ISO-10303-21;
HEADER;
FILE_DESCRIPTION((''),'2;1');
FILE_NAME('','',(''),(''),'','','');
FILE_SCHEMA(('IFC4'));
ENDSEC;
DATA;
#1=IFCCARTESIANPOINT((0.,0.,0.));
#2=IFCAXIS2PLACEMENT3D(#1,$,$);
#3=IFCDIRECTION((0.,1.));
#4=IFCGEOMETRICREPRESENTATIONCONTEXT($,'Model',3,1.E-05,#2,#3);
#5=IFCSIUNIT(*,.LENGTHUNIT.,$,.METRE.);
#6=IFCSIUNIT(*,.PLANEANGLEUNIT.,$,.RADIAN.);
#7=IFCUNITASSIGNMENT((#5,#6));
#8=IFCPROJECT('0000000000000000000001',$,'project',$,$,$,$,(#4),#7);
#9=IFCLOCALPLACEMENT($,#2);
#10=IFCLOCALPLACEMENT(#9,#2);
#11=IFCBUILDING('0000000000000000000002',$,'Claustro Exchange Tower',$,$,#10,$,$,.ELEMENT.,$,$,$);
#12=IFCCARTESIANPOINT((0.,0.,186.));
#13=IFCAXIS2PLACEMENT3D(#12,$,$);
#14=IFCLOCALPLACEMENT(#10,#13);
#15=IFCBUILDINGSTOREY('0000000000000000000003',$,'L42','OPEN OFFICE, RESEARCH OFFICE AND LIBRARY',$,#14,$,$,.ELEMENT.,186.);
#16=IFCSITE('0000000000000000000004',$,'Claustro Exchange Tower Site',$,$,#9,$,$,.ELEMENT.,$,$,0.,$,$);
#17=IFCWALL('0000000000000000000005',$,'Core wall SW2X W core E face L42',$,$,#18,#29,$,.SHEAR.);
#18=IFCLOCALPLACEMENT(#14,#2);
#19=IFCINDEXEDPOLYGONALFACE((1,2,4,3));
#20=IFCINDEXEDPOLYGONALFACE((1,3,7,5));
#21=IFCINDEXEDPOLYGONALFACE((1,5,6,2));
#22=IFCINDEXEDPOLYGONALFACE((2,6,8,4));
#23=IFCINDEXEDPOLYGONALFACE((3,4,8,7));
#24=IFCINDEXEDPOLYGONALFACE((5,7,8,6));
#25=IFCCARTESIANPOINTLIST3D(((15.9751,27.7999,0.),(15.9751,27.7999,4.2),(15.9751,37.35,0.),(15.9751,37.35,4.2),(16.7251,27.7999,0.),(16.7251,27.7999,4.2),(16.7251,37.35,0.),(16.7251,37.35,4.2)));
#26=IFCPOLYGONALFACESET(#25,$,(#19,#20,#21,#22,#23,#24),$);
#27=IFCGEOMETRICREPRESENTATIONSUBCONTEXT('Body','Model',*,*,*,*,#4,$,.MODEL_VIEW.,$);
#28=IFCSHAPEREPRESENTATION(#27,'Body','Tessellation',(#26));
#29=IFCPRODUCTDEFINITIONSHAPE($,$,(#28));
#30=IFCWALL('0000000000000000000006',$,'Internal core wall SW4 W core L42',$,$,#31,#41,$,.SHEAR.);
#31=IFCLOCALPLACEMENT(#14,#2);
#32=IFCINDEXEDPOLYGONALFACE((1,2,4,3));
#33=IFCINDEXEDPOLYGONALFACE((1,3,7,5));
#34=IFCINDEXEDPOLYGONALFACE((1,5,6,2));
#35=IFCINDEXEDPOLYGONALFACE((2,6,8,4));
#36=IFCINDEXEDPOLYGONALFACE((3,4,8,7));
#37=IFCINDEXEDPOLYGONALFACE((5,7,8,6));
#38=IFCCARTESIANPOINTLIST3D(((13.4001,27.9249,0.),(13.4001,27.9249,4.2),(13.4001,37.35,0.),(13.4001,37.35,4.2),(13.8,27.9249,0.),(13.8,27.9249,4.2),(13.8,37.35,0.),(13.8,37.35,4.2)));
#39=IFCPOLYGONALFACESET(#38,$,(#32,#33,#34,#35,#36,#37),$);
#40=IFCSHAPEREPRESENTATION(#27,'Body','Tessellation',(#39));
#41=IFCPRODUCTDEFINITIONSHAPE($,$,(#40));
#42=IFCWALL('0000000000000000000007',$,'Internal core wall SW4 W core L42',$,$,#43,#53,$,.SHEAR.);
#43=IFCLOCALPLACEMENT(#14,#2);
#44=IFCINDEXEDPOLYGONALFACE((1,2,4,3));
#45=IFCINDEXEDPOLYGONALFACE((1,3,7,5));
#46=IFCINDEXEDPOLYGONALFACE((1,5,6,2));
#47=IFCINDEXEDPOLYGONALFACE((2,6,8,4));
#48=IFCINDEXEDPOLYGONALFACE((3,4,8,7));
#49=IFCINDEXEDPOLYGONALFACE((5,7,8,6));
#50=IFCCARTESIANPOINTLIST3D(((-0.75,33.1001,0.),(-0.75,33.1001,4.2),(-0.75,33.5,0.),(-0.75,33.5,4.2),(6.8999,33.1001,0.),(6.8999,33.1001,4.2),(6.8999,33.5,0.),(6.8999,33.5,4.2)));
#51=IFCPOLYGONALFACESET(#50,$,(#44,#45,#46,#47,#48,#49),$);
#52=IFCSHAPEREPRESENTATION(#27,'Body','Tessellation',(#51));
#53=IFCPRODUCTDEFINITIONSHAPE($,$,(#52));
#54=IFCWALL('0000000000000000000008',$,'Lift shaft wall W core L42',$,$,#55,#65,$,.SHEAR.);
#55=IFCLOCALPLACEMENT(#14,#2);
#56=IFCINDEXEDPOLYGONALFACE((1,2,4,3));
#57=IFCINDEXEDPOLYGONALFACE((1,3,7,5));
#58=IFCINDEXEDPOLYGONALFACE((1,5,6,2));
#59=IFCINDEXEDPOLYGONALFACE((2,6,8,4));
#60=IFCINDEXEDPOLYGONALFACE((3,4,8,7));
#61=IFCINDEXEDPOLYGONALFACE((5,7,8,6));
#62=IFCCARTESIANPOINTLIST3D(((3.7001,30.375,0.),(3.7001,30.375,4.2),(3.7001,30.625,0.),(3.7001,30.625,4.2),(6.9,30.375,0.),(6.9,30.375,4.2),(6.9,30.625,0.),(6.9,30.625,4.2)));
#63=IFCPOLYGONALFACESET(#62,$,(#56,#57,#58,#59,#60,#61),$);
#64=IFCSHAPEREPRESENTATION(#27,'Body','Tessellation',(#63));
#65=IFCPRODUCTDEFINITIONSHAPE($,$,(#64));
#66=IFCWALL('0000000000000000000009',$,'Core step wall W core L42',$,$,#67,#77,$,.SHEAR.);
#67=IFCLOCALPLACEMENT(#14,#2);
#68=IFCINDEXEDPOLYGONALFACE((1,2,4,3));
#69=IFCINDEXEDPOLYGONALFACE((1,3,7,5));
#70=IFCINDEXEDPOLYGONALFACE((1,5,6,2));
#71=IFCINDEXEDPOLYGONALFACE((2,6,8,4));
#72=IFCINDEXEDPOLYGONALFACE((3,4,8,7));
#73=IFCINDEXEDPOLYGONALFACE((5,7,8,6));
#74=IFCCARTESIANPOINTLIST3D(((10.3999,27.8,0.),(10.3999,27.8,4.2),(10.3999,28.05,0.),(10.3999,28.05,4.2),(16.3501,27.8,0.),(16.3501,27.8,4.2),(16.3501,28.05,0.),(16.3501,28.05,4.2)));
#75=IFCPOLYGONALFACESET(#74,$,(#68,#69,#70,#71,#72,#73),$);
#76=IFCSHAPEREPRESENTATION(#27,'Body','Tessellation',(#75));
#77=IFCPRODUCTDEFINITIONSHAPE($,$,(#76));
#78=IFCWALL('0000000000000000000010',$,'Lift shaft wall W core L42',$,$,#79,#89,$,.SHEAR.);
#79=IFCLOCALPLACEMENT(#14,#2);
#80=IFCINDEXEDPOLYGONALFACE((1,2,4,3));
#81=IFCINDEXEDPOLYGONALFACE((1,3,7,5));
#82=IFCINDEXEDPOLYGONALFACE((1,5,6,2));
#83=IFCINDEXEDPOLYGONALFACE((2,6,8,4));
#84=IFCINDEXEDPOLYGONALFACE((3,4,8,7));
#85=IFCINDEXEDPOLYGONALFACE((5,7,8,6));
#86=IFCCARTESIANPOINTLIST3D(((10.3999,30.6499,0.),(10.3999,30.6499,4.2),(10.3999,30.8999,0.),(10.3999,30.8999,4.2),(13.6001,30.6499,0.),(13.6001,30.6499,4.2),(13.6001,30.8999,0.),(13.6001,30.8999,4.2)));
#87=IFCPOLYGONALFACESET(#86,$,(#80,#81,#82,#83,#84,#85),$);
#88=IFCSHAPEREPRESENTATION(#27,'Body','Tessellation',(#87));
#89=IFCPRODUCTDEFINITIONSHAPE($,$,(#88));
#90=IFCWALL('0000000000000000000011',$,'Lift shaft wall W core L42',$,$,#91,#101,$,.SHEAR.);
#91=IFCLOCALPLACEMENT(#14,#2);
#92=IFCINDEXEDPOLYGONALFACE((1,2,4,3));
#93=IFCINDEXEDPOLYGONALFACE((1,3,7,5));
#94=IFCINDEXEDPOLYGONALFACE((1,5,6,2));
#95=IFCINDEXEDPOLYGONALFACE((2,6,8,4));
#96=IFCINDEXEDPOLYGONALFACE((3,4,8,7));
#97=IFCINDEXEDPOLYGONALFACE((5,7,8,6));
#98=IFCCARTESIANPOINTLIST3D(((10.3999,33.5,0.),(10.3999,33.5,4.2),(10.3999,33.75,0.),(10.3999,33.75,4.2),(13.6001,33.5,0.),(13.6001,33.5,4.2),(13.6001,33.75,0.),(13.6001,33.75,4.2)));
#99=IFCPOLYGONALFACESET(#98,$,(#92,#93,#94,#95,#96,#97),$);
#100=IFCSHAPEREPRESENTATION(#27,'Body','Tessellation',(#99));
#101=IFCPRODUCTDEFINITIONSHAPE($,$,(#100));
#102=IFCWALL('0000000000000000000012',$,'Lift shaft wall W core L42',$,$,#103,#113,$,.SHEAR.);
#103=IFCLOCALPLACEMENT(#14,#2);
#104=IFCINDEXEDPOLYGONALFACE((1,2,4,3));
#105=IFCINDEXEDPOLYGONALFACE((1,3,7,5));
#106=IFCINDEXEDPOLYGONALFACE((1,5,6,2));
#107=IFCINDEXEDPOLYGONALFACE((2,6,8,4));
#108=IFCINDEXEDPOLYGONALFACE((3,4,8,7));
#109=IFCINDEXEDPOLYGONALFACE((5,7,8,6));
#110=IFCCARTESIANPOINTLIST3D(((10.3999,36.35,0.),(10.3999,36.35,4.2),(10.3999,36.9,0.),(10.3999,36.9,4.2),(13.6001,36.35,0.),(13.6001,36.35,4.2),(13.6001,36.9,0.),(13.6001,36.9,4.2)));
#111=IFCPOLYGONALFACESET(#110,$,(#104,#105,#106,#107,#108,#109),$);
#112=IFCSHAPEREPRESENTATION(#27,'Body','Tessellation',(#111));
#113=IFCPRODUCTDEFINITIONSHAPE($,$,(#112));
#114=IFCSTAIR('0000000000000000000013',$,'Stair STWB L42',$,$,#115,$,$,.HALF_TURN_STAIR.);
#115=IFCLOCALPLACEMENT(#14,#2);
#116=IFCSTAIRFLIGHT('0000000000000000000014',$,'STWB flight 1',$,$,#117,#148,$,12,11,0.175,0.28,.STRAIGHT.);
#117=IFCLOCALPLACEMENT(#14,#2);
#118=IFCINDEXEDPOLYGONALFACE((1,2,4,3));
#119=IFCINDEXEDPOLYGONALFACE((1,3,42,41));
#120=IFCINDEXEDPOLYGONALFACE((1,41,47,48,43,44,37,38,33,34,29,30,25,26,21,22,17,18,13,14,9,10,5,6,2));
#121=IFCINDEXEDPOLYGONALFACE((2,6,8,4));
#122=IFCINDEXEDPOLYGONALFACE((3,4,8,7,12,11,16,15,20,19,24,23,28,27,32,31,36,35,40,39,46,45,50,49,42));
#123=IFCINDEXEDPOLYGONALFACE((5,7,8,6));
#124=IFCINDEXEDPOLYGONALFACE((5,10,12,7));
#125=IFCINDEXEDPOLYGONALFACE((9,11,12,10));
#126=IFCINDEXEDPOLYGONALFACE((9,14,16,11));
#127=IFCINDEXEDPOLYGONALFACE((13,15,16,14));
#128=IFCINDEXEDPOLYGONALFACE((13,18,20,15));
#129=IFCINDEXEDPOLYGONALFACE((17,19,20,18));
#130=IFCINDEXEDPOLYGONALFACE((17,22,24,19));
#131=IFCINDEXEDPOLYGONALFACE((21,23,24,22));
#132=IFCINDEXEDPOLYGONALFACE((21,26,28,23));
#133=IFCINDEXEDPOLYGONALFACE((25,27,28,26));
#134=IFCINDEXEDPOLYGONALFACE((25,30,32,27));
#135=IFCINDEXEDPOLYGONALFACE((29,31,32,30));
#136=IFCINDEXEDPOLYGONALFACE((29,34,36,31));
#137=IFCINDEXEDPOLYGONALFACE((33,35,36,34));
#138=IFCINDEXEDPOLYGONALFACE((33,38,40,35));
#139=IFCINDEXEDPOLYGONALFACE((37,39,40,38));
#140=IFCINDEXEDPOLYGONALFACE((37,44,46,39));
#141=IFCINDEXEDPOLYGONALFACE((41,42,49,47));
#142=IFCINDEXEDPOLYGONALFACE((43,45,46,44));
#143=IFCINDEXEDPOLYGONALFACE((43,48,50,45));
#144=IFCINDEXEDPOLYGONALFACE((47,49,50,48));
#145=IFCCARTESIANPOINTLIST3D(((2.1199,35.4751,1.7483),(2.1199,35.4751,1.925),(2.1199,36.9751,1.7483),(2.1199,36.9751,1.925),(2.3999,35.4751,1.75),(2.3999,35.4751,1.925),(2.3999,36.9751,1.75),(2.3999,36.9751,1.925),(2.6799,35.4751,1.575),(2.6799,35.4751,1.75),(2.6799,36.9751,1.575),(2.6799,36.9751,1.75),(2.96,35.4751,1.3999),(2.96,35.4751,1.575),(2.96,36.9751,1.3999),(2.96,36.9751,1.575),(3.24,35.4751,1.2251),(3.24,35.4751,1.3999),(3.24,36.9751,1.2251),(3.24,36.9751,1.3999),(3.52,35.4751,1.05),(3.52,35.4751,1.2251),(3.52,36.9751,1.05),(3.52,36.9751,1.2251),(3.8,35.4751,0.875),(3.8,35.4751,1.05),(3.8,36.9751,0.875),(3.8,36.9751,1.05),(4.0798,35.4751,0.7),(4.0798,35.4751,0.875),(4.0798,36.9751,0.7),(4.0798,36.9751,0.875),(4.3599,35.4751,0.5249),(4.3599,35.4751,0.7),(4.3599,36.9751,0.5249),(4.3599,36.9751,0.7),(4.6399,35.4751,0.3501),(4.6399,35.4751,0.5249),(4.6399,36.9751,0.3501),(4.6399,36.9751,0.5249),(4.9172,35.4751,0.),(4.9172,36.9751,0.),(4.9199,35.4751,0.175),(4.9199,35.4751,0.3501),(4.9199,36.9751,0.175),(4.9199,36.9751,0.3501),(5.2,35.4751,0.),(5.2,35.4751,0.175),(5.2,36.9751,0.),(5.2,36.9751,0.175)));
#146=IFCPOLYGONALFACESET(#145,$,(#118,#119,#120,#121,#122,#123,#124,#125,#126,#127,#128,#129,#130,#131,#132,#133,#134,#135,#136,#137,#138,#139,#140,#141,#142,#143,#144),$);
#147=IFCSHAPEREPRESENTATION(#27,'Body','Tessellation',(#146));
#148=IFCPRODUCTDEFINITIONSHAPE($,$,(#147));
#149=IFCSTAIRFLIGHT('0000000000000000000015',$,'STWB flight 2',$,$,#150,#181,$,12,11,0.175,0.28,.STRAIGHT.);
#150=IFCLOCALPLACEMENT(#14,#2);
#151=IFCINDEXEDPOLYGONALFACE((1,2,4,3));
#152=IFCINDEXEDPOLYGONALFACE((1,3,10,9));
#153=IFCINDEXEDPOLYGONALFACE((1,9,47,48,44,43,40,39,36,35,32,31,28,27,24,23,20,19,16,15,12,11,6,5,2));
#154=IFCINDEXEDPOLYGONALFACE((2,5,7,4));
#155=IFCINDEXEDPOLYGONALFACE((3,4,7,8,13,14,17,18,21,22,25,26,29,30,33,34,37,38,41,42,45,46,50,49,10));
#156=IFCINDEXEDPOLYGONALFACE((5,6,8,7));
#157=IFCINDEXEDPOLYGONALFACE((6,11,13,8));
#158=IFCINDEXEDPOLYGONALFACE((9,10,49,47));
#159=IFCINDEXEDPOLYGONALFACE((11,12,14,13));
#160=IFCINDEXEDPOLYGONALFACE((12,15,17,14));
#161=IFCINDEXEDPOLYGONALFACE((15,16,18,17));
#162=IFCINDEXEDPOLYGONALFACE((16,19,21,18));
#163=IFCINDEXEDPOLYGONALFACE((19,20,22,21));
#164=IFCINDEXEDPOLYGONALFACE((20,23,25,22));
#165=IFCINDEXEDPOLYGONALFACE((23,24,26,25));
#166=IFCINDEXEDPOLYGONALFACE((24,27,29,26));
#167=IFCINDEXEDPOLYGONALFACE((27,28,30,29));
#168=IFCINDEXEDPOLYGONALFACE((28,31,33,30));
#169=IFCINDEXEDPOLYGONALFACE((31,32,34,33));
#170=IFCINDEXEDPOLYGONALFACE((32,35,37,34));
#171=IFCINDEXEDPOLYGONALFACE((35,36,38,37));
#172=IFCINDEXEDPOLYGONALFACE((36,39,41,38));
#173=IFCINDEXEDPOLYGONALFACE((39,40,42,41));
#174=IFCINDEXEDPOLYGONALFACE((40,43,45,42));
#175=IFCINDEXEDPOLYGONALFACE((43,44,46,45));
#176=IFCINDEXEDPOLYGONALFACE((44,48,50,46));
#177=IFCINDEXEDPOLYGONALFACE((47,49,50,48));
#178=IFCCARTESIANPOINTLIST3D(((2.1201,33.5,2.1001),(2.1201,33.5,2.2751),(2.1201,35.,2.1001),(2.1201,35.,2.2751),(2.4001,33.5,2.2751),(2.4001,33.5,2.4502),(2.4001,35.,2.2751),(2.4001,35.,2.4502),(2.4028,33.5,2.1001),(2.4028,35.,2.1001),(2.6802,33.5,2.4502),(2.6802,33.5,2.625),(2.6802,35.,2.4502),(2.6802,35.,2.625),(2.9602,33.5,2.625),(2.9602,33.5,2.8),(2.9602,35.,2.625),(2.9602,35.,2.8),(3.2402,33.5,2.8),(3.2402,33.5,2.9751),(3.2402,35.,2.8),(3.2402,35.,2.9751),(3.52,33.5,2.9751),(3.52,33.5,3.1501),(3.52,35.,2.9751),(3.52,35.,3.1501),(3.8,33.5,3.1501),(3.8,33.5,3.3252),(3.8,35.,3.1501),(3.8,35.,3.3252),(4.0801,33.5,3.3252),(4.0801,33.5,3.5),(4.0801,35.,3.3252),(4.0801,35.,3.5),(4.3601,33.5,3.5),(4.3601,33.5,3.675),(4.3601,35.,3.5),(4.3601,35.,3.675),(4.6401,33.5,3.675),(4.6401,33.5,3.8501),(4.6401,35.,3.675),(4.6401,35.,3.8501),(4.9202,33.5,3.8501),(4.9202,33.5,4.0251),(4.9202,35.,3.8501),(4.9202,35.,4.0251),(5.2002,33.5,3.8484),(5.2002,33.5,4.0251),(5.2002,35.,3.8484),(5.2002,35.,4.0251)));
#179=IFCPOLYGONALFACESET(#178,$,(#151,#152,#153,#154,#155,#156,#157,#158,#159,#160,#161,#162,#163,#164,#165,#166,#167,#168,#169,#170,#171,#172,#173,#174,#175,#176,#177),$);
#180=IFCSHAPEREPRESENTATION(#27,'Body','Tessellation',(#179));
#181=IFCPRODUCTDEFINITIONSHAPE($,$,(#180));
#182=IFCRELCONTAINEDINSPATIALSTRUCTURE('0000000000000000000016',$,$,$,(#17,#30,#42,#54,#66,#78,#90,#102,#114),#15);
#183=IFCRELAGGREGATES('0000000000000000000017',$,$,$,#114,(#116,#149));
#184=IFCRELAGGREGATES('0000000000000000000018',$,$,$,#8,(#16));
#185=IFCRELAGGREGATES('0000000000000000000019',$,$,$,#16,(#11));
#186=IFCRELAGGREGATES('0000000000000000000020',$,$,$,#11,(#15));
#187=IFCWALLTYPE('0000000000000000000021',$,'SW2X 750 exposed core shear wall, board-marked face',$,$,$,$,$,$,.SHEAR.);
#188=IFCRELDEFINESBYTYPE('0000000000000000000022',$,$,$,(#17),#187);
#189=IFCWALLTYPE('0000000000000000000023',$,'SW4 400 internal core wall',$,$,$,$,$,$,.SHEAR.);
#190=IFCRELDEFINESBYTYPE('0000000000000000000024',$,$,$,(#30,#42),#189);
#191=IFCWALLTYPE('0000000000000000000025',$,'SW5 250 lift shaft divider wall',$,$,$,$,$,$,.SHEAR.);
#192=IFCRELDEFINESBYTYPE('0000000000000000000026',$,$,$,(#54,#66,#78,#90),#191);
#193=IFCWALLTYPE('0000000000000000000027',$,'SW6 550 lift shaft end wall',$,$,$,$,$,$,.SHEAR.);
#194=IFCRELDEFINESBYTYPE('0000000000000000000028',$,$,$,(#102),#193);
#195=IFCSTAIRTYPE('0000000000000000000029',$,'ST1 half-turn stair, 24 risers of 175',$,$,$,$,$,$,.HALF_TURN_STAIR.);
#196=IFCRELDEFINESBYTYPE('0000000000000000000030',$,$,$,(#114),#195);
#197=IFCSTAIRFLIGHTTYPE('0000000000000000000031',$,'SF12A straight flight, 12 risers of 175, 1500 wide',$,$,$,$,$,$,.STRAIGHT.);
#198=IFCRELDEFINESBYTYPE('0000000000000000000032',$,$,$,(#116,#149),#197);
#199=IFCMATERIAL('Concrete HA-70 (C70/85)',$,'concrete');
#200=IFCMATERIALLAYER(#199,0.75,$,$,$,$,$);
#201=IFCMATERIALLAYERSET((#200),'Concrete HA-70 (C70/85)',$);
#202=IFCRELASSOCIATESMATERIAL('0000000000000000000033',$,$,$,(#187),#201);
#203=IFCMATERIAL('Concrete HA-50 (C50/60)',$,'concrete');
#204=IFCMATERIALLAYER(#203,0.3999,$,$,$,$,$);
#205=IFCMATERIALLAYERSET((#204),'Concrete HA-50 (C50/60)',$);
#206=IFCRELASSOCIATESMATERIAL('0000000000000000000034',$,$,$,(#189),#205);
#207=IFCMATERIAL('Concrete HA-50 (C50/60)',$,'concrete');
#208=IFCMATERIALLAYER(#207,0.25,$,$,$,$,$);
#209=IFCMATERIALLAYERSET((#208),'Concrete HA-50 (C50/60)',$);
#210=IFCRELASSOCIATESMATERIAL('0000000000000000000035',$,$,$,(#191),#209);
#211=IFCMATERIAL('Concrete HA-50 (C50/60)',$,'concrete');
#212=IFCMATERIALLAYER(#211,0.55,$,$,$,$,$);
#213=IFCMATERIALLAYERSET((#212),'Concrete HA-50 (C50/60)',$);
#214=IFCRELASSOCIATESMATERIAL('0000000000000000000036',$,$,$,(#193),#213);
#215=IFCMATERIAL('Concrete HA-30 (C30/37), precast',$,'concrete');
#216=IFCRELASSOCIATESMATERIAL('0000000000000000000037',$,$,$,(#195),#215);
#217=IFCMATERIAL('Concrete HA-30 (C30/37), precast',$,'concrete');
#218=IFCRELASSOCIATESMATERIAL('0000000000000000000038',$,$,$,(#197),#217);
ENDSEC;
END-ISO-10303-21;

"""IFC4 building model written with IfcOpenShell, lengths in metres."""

from ifc_helpers import new_model, si_unit, direction, frame, frame_2d, origin, place, context, subcontext, project, spatial, polyline, rectangle, outline, extrude, material, layer, layer_set, type_object, element, aggregate, save


model = new_model("IFC4")

# Units and contexts
model_context = context("Model", 3, precision=1e-05, world=origin(), true_north=direction((0.0, 1.0)))
body_context = subcontext(model_context, "Body", "Model", "MODEL_VIEW")
ifc_project = project(units=[si_unit("LENGTHUNIT", "METRE"), si_unit("PLANEANGLEUNIT", "RADIAN")], contexts=[model_context])

# Site, building, storey
site_placement = place(None, origin())
site = spatial("IfcSite", under=ifc_project, at=site_placement, Name="Claustro Exchange Tower Site", CompositionType="ELEMENT", RefElevation=0.0)
building_placement = place(site_placement, origin())
building = spatial("IfcBuilding", under=site, at=building_placement, Name="Claustro Exchange Tower", CompositionType="ELEMENT")
storey_placement = place(building_placement, frame((0.0, 0.0, 186.0)))
storey = spatial("IfcBuildingStorey", under=building, at=storey_placement, Name="L42", Description="OPEN OFFICE, RESEARCH OFFICE AND LIBRARY", CompositionType="ELEMENT", Elevation=186.0)

# Walls
ifc_material_1 = material(Name="Concrete HA-70 (C70/85)", Category="concrete")
ifc_layer_1 = layer(ifc_material_1, 0.75)
ifc_layer_set_1 = layer_set([ifc_layer_1], Name="Concrete HA-70 (C70/85)")
wall_type_1 = type_object("IfcWallType", Name="SW2X 750 exposed core shear wall, board-marked face", PredefinedType="SHEAR", material=ifc_layer_set_1)
wall_1_placement = place(storey_placement, frame((16.3501, 27.8, 0.0), z_axis=(0.0, 0.0, 1.0), x_axis=(0.0, 1.0, 0.0)))
element("IfcWall", 1, at=wall_1_placement, inside=storey, type_object=wall_type_1, Name="Core wall SW2X W core E face L42", PredefinedType="SHEAR", context=body_context, shape_type="SweptSolid", body=[
    extrude(rectangle(XDim=9.55, YDim=0.75, at=frame_2d((4.7749, 0.0))), origin(), (0.0, 0.0, 1.0), 4.2),
])
ifc_material_2 = material(Name="Concrete HA-50 (C50/60)", Category="concrete")
ifc_layer_2 = layer(ifc_material_2, 0.3999)
ifc_layer_set_2 = layer_set([ifc_layer_2], Name="Concrete HA-50 (C50/60)")
wall_type_2 = type_object("IfcWallType", Name="SW4 400 internal core wall", PredefinedType="SHEAR", material=ifc_layer_set_2)
wall_2_placement = place(storey_placement, frame((13.6001, 27.925, 0.0), z_axis=(0.0, 0.0, 1.0), x_axis=(0.0, 1.0, 0.0)))
element("IfcWall", 2, at=wall_2_placement, inside=storey, type_object=wall_type_2, Name="Internal core wall SW4 W core L42", PredefinedType="SHEAR", context=body_context, shape_type="SweptSolid", body=[
    extrude(rectangle(XDim=9.425, YDim=0.3999, at=frame_2d((4.7124, 0.0))), origin(), (0.0, 0.0, 1.0), 4.2),
])
wall_3_placement = place(storey_placement, frame((-0.75, 33.3, 0.0), z_axis=(0.0, 0.0, 1.0), x_axis=(1.0, 0.0, 0.0)))
element("IfcWall", 3, at=wall_3_placement, inside=storey, type_object=wall_type_2, Name="Internal core wall SW4 W core L42", PredefinedType="SHEAR", context=body_context, shape_type="SweptSolid", body=[
    extrude(rectangle(XDim=7.6499, YDim=0.3999, at=frame_2d((3.825, 0.0))), origin(), (0.0, 0.0, 1.0), 4.2),
])
ifc_material_3 = material(Name="Concrete HA-50 (C50/60)", Category="concrete")
ifc_layer_3 = layer(ifc_material_3, 0.25)
ifc_layer_set_3 = layer_set([ifc_layer_3], Name="Concrete HA-50 (C50/60)")
wall_type_3 = type_object("IfcWallType", Name="SW5 250 lift shaft divider wall", PredefinedType="SHEAR", material=ifc_layer_set_3)
wall_4_placement = place(storey_placement, frame((3.7, 30.5, 0.0), z_axis=(0.0, 0.0, 1.0), x_axis=(1.0, 0.0, 0.0)))
element("IfcWall", 4, at=wall_4_placement, inside=storey, type_object=wall_type_3, Name="Lift shaft wall W core L42", PredefinedType="SHEAR", context=body_context, shape_type="SweptSolid", body=[
    extrude(rectangle(XDim=3.2, YDim=0.25, at=frame_2d((1.6001, 0.0))), origin(), (0.0, 0.0, 1.0), 4.2),
])
wall_5_placement = place(storey_placement, frame((10.3999, 27.925, 0.0), z_axis=(0.0, 0.0, 1.0), x_axis=(1.0, 0.0, 0.0)))
element("IfcWall", 5, at=wall_5_placement, inside=storey, type_object=wall_type_3, Name="Core step wall W core L42", PredefinedType="SHEAR", context=body_context, shape_type="SweptSolid", body=[
    extrude(rectangle(XDim=5.9502, YDim=0.25, at=frame_2d((2.9751, 0.0))), origin(), (0.0, 0.0, 1.0), 4.2),
])
for number, where, z_axis, x_axis, name in (
    (6, (10.3999, 30.7749, 0.0), (0.0, 0.0, 1.0), (1.0, 0.0, 0.0), "Lift shaft wall W core L42"),
    (7, (10.3999, 33.625, 0.0), (0.0, 0.0, 1.0), (1.0, 0.0, 0.0), "Lift shaft wall W core L42"),
):
    element("IfcWall", number, at=place(storey_placement, frame(where, z_axis=z_axis, x_axis=x_axis)), inside=storey, type_object=wall_type_3, Name=name, PredefinedType="SHEAR", context=body_context, shape_type="SweptSolid", body=[
        extrude(rectangle(XDim=3.2002, YDim=0.25, at=frame_2d((1.6001, 0.0))), origin(), (0.0, 0.0, 1.0), 4.2),
    ])
ifc_material_4 = material(Name="Concrete HA-50 (C50/60)", Category="concrete")
ifc_layer_4 = layer(ifc_material_4, 0.55)
ifc_layer_set_4 = layer_set([ifc_layer_4], Name="Concrete HA-50 (C50/60)")
wall_type_4 = type_object("IfcWallType", Name="SW6 550 lift shaft end wall", PredefinedType="SHEAR", material=ifc_layer_set_4)
wall_6_placement = place(storey_placement, frame((10.3999, 36.625, 0.0), z_axis=(0.0, 0.0, 1.0), x_axis=(1.0, 0.0, 0.0)))
element("IfcWall", 8, at=wall_6_placement, inside=storey, type_object=wall_type_4, Name="Lift shaft wall W core L42", PredefinedType="SHEAR", context=body_context, shape_type="SweptSolid", body=[
    extrude(rectangle(XDim=3.2002, YDim=0.55, at=frame_2d((1.6001, 0.0))), origin(), (0.0, 0.0, 1.0), 4.2),
])

# Stair, stair flights
ifc_material_5 = material(Name="Concrete HA-30 (C30/37), precast", Category="concrete")
stair_type = type_object("IfcStairType", Name="ST1 half-turn stair, 24 risers of 175", PredefinedType="HALF_TURN_STAIR", material=ifc_material_5)
stair_placement = place(storey_placement, origin())
stair = element("IfcStair", 9, at=stair_placement, inside=storey, type_object=stair_type, Name="Stair STWB L42", PredefinedType="HALF_TURN_STAIR")
ifc_material_6 = material(Name="Concrete HA-30 (C30/37), precast", Category="concrete")
stair_flight_type = type_object("IfcStairFlightType", Name="SF12A straight flight, 12 risers of 175, 1500 wide", PredefinedType="STRAIGHT", material=ifc_material_6)
stair_flight_1_placement = place(storey_placement, frame((5.2, 36.2251, 0.0), z_axis=(0.0, 0.0, 1.0), x_axis=(-1.0, 0.0, 0.0)))
stair_flight_1 = element("IfcStairFlight", 10, at=stair_flight_1_placement, type_object=stair_flight_type, Name="STWB flight 1", NumberOfRisers=12, NumberOfTreads=11, PredefinedType="STRAIGHT", RiserHeight=0.175, TreadLength=0.28, context=body_context, shape_type="SweptSolid", body=[
    extrude(outline(polyline([(0.0, 0.0), (0.0, 0.175), (0.28, 0.175), (0.28, 0.3501), (0.5601, 0.3501), (0.5601, 0.5249), (0.8401, 0.5249), (0.8401, 0.7), (1.1201, 0.7), (1.1201, 0.875), (1.3999, 0.875), (1.3999, 1.05), (1.6799, 1.05), (1.6799, 1.2251), (1.96, 1.2251), (1.96, 1.3999), (2.24, 1.3999), (2.24, 1.575), (2.52, 1.575), (2.52, 1.75), (2.8, 1.75), (2.8, 1.925), (3.0801, 1.925), (3.0801, 2.1001), (3.0801, 1.7483), (0.2827, 0.0), (0.0, 0.0)])), frame((0.0, 0.75, 0.0), z_axis=(0.0, -1.0, 0.0), x_axis=(1.0, 0.0, 0.0)), (0.0, 0.0, 1.0), 1.5),
])
stair_flight_2_placement = place(storey_placement, frame((2.1201, 34.25, 2.1001), z_axis=(0.0, 0.0, 1.0), x_axis=(1.0, 0.0, 0.0)))
stair_flight_2 = element("IfcStairFlight", 11, at=stair_flight_2_placement, type_object=stair_flight_type, Name="STWB flight 2", NumberOfRisers=12, NumberOfTreads=11, PredefinedType="STRAIGHT", RiserHeight=0.175, TreadLength=0.28, context=body_context, shape_type="SweptSolid", body=[
    extrude(outline(polyline([(0.0, 0.0), (0.0, 0.175), (0.28, 0.175), (0.28, 0.3501), (0.5601, 0.3501), (0.5601, 0.5249), (0.8401, 0.5249), (0.8401, 0.7), (1.1201, 0.7), (1.1201, 0.875), (1.3999, 0.875), (1.3999, 1.05), (1.6799, 1.05), (1.6799, 1.2251), (1.96, 1.2251), (1.96, 1.3999), (2.24, 1.3999), (2.24, 1.575), (2.52, 1.575), (2.52, 1.75), (2.8, 1.75), (2.8, 1.925), (3.0801, 1.925), (3.0801, 2.1001), (3.0801, 1.7483), (0.2827, 0.0), (0.0, 0.0)])), frame((0.0, 0.75, 0.0), z_axis=(0.0, -1.0, 0.0), x_axis=(1.0, 0.0, 0.0)), (0.0, 0.0, 1.0), 1.5),
])
aggregate(stair, [stair_flight_1, stair_flight_2])

save(model, "model.ifc")
